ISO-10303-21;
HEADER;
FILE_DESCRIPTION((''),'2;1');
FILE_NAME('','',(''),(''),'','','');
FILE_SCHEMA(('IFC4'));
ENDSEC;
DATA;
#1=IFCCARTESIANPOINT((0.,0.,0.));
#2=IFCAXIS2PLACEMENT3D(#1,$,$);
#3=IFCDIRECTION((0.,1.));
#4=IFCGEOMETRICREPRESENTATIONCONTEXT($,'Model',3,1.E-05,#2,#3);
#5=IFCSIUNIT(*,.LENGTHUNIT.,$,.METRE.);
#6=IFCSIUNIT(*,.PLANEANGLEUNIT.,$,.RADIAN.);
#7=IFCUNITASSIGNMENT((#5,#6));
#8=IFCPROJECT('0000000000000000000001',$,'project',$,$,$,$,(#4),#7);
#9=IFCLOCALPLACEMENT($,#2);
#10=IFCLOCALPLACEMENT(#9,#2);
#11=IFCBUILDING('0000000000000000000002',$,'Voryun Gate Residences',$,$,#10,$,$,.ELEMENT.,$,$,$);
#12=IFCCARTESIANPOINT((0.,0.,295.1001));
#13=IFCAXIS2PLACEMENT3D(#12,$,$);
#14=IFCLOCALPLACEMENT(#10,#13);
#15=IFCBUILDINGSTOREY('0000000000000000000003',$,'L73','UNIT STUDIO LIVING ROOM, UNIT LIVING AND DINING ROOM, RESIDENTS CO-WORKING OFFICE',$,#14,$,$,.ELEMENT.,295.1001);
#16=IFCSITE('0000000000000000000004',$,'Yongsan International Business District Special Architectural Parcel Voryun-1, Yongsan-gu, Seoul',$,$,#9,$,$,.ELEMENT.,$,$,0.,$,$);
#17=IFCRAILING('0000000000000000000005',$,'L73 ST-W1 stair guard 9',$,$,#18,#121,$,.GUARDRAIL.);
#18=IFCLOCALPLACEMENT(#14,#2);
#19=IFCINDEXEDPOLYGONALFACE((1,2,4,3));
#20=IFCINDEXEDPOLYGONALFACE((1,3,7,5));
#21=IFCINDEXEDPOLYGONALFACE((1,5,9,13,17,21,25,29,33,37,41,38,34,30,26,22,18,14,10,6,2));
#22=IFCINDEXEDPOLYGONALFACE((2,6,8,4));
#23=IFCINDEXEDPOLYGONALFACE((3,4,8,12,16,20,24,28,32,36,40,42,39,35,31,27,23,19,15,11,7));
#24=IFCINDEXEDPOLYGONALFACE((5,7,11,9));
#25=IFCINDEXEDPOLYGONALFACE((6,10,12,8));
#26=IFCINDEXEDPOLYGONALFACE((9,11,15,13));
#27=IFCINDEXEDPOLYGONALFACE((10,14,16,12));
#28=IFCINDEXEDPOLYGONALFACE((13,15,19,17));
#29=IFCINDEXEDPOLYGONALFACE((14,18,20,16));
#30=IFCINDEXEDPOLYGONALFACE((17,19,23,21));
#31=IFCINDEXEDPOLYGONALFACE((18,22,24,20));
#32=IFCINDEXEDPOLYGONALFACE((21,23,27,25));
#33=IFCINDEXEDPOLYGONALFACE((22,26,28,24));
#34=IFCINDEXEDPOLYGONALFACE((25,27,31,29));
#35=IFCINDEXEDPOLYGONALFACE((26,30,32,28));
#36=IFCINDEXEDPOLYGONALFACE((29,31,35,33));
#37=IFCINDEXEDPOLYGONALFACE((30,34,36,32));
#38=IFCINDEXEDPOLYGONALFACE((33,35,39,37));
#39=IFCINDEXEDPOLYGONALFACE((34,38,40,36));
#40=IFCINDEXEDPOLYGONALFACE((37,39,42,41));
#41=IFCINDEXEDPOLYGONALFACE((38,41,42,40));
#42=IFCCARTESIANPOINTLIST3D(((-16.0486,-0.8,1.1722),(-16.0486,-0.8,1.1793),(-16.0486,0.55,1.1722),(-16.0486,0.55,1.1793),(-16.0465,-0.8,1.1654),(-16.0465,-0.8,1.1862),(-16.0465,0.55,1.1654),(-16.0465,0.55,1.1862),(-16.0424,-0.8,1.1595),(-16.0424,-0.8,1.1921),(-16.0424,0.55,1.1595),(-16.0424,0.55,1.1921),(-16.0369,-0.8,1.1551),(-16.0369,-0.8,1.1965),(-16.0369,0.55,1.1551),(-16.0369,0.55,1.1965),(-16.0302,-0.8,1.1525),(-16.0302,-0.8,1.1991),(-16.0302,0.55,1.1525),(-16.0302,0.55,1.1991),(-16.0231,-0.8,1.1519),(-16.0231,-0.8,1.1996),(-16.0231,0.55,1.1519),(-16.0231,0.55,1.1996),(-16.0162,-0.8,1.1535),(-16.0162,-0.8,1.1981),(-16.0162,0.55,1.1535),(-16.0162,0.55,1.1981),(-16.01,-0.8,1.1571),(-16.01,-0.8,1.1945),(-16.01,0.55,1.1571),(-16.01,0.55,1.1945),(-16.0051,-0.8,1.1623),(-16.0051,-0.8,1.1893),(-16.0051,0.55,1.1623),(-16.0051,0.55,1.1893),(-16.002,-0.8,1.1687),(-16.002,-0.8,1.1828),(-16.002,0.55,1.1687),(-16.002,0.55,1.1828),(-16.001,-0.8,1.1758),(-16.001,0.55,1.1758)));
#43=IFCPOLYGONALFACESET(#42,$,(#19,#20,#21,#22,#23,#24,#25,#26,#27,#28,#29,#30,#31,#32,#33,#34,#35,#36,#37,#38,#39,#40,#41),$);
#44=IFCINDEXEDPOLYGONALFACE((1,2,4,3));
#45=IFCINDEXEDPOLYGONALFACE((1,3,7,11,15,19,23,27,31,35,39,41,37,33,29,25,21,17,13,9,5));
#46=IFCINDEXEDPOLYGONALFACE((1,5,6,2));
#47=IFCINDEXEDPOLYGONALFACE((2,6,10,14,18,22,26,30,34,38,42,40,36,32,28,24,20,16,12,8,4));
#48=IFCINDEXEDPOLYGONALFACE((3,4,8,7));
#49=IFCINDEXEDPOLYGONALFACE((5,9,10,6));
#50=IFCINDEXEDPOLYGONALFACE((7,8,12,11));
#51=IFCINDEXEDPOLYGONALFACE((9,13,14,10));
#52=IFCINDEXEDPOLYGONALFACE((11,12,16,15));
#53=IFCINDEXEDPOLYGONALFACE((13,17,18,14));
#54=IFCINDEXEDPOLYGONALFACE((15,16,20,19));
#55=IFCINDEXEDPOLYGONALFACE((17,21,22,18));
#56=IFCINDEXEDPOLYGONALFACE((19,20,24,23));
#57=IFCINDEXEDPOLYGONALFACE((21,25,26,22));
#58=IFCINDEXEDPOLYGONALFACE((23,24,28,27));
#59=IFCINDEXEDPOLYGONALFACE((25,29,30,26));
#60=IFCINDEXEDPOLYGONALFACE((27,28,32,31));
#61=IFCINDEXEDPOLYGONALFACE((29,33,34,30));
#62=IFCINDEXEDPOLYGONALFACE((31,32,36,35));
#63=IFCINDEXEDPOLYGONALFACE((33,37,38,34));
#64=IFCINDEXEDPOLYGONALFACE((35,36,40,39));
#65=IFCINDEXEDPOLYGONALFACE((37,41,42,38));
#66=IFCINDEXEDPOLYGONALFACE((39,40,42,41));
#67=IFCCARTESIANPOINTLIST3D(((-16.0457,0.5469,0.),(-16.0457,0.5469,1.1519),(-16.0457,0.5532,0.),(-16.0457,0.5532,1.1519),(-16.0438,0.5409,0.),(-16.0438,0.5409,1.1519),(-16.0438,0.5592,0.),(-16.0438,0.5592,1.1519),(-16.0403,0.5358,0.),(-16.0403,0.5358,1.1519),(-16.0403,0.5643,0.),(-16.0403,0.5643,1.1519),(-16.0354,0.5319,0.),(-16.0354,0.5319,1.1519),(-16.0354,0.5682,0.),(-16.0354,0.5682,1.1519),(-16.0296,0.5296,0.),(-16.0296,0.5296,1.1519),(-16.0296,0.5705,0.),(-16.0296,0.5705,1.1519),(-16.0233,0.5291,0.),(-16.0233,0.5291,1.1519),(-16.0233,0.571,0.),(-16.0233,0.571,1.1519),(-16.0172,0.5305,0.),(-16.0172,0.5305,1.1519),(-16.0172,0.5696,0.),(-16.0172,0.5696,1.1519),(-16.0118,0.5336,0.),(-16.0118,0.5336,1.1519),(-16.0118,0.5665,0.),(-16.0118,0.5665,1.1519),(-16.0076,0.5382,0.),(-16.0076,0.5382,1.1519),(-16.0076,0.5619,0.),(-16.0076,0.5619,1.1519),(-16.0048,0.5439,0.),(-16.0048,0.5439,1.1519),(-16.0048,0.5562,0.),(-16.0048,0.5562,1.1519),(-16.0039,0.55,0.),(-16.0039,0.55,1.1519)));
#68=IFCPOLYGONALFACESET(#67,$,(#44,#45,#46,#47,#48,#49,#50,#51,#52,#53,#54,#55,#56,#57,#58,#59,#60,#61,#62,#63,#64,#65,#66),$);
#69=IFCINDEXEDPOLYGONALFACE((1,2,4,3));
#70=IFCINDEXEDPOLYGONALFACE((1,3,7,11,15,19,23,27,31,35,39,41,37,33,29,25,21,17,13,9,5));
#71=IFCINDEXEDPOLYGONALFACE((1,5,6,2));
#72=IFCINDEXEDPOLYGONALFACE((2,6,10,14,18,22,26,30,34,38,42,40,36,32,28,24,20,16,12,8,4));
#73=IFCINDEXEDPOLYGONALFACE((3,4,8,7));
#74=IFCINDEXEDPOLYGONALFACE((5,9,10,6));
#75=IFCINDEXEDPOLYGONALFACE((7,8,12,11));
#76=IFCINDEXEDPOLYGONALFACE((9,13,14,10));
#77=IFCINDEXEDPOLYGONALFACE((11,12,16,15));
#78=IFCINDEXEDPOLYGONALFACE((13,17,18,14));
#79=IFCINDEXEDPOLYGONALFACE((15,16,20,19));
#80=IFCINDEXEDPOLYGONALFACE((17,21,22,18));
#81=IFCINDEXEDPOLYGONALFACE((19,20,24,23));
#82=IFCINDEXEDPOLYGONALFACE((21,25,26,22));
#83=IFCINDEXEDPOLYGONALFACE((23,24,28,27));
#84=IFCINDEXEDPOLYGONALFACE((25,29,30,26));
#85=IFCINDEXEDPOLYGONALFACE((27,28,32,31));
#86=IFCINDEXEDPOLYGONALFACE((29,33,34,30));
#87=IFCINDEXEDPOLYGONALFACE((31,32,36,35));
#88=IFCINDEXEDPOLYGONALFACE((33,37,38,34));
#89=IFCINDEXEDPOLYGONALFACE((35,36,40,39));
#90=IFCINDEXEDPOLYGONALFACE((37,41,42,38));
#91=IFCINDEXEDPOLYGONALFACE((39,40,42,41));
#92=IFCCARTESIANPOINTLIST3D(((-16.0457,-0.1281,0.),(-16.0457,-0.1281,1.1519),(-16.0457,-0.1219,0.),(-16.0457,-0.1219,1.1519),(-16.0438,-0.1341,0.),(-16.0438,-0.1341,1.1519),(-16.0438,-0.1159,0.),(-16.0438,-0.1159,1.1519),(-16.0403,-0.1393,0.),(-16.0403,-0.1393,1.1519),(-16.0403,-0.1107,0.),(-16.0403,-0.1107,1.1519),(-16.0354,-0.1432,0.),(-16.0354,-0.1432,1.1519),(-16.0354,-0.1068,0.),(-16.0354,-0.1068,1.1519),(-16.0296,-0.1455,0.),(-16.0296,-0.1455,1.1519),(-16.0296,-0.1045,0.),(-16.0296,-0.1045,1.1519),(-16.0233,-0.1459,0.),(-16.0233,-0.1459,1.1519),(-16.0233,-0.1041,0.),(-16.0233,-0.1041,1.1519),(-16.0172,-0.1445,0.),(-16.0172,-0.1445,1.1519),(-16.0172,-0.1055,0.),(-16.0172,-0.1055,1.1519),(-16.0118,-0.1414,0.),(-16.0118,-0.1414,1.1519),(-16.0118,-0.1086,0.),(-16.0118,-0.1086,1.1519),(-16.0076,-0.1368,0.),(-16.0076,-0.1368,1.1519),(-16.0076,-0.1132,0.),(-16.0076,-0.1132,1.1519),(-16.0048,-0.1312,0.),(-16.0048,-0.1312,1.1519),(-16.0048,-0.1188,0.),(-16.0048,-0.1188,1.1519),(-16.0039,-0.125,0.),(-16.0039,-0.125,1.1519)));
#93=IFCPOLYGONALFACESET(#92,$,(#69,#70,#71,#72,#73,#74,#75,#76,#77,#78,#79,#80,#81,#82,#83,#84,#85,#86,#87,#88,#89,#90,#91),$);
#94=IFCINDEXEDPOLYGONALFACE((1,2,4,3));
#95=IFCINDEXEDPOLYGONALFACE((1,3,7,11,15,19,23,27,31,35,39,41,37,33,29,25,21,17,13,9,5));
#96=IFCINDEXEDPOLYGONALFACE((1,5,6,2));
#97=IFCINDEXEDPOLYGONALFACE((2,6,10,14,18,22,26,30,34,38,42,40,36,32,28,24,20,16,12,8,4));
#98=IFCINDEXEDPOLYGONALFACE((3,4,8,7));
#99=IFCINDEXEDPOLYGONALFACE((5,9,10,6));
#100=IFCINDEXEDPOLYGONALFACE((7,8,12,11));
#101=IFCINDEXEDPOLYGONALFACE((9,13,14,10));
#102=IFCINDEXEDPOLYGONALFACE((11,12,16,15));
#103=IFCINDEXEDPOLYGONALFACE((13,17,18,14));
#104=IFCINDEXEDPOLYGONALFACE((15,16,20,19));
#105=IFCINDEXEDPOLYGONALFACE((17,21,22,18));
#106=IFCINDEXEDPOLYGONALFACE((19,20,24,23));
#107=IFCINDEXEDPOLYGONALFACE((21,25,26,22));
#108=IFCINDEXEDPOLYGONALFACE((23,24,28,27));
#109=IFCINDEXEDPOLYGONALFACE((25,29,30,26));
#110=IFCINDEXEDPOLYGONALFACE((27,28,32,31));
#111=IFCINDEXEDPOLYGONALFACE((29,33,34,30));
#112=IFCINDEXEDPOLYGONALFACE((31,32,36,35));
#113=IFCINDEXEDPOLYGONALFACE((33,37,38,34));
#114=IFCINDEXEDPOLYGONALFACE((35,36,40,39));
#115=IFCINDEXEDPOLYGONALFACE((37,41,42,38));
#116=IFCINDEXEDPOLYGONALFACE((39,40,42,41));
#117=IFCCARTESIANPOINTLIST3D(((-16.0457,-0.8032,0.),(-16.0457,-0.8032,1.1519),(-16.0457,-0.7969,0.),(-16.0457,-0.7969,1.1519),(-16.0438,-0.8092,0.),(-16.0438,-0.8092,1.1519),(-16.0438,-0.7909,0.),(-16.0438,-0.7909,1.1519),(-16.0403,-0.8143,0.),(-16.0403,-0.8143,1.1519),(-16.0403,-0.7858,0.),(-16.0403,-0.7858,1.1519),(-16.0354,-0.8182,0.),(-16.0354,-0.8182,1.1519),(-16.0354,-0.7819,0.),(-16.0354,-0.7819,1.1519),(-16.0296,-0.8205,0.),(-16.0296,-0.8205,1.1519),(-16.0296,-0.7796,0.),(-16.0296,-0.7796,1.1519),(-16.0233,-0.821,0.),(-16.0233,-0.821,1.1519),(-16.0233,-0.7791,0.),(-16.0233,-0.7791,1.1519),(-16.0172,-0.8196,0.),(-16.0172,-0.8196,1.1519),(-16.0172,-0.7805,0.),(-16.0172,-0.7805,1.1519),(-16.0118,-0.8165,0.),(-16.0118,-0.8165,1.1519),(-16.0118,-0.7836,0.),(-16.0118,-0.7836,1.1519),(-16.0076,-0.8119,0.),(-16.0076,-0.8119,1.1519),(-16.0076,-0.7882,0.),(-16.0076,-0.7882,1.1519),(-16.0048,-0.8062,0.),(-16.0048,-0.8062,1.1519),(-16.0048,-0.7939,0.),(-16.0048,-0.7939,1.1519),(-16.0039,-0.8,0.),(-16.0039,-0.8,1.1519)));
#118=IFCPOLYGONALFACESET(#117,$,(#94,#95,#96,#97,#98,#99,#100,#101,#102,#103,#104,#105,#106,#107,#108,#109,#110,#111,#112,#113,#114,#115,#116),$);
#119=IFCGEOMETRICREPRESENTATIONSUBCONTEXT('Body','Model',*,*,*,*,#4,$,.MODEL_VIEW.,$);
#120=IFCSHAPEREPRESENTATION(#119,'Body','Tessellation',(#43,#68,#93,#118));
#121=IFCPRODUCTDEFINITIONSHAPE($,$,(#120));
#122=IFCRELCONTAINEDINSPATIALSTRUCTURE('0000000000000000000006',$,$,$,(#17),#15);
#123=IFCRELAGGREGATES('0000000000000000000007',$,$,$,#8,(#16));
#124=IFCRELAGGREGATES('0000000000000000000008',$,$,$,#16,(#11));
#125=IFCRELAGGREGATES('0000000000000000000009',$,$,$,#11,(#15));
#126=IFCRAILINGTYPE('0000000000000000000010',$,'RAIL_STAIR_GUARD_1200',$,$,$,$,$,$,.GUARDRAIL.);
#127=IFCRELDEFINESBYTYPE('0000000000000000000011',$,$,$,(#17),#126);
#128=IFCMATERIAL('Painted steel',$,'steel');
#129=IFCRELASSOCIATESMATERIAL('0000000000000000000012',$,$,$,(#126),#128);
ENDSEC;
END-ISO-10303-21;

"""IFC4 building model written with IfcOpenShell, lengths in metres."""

from ifc_helpers import new_model, si_unit, direction, frame, origin, origin_2d, place, context, subcontext, project, spatial, circle, extrude, material, type_object, element, save


model = new_model("IFC4")

# Units and contexts
model_context = context("Model", 3, precision=1e-05, world=origin(), true_north=direction((0.0, 1.0)))
body_context = subcontext(model_context, "Body", "Model", "MODEL_VIEW")
ifc_project = project(units=[si_unit("LENGTHUNIT", "METRE"), si_unit("PLANEANGLEUNIT", "RADIAN")], contexts=[model_context])

# Site, building, storey
site_placement = place(None, origin())
site = spatial("IfcSite", under=ifc_project, at=site_placement, Name="Yongsan International Business District Special Architectural Parcel Voryun-1, Yongsan-gu, Seoul", CompositionType="ELEMENT", RefElevation=0.0)
building_placement = place(site_placement, origin())
building = spatial("IfcBuilding", under=site, at=building_placement, Name="Voryun Gate Residences", CompositionType="ELEMENT")
storey_placement = place(building_placement, frame((0.0, 0.0, 295.1001)))
storey = spatial("IfcBuildingStorey", under=building, at=storey_placement, Name="L73", Description="UNIT STUDIO LIVING ROOM, UNIT LIVING AND DINING ROOM, RESIDENTS CO-WORKING OFFICE", CompositionType="ELEMENT", Elevation=295.1001)

# Railing
ifc_material_1 = material(Name="Painted steel", Category="steel")
railing_type = type_object("IfcRailingType", Name="RAIL_STAIR_GUARD_1200", PredefinedType="GUARDRAIL", material=ifc_material_1)
for number, where, name in (
    (1, (-16.0249, 0.55, 0.0), "L73 ST-W1 stair guard 9"),
):
    element("IfcRailing", number, at=place(storey_placement, frame(where)), inside=storey, type_object=railing_type, Name=name, PredefinedType="GUARDRAIL", context=body_context, shape_type="SweptSolid", body=[
        extrude(circle(Radius=0.0239, at=origin_2d()), frame((0.0, 0.0, 1.1758), z_axis=(0.0, -1.0, 0.0), x_axis=(1.0, 0.0, 0.0)), (0.0, 0.0, 1.0), 1.3501),
        extrude(circle(Radius=0.021, at=origin_2d()), origin(), (0.0, 0.0, 1.0), 1.1519),
        extrude(circle(Radius=0.021, at=origin_2d()), frame((0.0, -0.675, 0.0)), (0.0, 0.0, 1.0), 1.1519),
        extrude(circle(Radius=0.021, at=origin_2d()), frame((0.0, -1.3501, 0.0)), (0.0, 0.0, 1.0), 1.1519),
    ])

save(model, "model.ifc")
